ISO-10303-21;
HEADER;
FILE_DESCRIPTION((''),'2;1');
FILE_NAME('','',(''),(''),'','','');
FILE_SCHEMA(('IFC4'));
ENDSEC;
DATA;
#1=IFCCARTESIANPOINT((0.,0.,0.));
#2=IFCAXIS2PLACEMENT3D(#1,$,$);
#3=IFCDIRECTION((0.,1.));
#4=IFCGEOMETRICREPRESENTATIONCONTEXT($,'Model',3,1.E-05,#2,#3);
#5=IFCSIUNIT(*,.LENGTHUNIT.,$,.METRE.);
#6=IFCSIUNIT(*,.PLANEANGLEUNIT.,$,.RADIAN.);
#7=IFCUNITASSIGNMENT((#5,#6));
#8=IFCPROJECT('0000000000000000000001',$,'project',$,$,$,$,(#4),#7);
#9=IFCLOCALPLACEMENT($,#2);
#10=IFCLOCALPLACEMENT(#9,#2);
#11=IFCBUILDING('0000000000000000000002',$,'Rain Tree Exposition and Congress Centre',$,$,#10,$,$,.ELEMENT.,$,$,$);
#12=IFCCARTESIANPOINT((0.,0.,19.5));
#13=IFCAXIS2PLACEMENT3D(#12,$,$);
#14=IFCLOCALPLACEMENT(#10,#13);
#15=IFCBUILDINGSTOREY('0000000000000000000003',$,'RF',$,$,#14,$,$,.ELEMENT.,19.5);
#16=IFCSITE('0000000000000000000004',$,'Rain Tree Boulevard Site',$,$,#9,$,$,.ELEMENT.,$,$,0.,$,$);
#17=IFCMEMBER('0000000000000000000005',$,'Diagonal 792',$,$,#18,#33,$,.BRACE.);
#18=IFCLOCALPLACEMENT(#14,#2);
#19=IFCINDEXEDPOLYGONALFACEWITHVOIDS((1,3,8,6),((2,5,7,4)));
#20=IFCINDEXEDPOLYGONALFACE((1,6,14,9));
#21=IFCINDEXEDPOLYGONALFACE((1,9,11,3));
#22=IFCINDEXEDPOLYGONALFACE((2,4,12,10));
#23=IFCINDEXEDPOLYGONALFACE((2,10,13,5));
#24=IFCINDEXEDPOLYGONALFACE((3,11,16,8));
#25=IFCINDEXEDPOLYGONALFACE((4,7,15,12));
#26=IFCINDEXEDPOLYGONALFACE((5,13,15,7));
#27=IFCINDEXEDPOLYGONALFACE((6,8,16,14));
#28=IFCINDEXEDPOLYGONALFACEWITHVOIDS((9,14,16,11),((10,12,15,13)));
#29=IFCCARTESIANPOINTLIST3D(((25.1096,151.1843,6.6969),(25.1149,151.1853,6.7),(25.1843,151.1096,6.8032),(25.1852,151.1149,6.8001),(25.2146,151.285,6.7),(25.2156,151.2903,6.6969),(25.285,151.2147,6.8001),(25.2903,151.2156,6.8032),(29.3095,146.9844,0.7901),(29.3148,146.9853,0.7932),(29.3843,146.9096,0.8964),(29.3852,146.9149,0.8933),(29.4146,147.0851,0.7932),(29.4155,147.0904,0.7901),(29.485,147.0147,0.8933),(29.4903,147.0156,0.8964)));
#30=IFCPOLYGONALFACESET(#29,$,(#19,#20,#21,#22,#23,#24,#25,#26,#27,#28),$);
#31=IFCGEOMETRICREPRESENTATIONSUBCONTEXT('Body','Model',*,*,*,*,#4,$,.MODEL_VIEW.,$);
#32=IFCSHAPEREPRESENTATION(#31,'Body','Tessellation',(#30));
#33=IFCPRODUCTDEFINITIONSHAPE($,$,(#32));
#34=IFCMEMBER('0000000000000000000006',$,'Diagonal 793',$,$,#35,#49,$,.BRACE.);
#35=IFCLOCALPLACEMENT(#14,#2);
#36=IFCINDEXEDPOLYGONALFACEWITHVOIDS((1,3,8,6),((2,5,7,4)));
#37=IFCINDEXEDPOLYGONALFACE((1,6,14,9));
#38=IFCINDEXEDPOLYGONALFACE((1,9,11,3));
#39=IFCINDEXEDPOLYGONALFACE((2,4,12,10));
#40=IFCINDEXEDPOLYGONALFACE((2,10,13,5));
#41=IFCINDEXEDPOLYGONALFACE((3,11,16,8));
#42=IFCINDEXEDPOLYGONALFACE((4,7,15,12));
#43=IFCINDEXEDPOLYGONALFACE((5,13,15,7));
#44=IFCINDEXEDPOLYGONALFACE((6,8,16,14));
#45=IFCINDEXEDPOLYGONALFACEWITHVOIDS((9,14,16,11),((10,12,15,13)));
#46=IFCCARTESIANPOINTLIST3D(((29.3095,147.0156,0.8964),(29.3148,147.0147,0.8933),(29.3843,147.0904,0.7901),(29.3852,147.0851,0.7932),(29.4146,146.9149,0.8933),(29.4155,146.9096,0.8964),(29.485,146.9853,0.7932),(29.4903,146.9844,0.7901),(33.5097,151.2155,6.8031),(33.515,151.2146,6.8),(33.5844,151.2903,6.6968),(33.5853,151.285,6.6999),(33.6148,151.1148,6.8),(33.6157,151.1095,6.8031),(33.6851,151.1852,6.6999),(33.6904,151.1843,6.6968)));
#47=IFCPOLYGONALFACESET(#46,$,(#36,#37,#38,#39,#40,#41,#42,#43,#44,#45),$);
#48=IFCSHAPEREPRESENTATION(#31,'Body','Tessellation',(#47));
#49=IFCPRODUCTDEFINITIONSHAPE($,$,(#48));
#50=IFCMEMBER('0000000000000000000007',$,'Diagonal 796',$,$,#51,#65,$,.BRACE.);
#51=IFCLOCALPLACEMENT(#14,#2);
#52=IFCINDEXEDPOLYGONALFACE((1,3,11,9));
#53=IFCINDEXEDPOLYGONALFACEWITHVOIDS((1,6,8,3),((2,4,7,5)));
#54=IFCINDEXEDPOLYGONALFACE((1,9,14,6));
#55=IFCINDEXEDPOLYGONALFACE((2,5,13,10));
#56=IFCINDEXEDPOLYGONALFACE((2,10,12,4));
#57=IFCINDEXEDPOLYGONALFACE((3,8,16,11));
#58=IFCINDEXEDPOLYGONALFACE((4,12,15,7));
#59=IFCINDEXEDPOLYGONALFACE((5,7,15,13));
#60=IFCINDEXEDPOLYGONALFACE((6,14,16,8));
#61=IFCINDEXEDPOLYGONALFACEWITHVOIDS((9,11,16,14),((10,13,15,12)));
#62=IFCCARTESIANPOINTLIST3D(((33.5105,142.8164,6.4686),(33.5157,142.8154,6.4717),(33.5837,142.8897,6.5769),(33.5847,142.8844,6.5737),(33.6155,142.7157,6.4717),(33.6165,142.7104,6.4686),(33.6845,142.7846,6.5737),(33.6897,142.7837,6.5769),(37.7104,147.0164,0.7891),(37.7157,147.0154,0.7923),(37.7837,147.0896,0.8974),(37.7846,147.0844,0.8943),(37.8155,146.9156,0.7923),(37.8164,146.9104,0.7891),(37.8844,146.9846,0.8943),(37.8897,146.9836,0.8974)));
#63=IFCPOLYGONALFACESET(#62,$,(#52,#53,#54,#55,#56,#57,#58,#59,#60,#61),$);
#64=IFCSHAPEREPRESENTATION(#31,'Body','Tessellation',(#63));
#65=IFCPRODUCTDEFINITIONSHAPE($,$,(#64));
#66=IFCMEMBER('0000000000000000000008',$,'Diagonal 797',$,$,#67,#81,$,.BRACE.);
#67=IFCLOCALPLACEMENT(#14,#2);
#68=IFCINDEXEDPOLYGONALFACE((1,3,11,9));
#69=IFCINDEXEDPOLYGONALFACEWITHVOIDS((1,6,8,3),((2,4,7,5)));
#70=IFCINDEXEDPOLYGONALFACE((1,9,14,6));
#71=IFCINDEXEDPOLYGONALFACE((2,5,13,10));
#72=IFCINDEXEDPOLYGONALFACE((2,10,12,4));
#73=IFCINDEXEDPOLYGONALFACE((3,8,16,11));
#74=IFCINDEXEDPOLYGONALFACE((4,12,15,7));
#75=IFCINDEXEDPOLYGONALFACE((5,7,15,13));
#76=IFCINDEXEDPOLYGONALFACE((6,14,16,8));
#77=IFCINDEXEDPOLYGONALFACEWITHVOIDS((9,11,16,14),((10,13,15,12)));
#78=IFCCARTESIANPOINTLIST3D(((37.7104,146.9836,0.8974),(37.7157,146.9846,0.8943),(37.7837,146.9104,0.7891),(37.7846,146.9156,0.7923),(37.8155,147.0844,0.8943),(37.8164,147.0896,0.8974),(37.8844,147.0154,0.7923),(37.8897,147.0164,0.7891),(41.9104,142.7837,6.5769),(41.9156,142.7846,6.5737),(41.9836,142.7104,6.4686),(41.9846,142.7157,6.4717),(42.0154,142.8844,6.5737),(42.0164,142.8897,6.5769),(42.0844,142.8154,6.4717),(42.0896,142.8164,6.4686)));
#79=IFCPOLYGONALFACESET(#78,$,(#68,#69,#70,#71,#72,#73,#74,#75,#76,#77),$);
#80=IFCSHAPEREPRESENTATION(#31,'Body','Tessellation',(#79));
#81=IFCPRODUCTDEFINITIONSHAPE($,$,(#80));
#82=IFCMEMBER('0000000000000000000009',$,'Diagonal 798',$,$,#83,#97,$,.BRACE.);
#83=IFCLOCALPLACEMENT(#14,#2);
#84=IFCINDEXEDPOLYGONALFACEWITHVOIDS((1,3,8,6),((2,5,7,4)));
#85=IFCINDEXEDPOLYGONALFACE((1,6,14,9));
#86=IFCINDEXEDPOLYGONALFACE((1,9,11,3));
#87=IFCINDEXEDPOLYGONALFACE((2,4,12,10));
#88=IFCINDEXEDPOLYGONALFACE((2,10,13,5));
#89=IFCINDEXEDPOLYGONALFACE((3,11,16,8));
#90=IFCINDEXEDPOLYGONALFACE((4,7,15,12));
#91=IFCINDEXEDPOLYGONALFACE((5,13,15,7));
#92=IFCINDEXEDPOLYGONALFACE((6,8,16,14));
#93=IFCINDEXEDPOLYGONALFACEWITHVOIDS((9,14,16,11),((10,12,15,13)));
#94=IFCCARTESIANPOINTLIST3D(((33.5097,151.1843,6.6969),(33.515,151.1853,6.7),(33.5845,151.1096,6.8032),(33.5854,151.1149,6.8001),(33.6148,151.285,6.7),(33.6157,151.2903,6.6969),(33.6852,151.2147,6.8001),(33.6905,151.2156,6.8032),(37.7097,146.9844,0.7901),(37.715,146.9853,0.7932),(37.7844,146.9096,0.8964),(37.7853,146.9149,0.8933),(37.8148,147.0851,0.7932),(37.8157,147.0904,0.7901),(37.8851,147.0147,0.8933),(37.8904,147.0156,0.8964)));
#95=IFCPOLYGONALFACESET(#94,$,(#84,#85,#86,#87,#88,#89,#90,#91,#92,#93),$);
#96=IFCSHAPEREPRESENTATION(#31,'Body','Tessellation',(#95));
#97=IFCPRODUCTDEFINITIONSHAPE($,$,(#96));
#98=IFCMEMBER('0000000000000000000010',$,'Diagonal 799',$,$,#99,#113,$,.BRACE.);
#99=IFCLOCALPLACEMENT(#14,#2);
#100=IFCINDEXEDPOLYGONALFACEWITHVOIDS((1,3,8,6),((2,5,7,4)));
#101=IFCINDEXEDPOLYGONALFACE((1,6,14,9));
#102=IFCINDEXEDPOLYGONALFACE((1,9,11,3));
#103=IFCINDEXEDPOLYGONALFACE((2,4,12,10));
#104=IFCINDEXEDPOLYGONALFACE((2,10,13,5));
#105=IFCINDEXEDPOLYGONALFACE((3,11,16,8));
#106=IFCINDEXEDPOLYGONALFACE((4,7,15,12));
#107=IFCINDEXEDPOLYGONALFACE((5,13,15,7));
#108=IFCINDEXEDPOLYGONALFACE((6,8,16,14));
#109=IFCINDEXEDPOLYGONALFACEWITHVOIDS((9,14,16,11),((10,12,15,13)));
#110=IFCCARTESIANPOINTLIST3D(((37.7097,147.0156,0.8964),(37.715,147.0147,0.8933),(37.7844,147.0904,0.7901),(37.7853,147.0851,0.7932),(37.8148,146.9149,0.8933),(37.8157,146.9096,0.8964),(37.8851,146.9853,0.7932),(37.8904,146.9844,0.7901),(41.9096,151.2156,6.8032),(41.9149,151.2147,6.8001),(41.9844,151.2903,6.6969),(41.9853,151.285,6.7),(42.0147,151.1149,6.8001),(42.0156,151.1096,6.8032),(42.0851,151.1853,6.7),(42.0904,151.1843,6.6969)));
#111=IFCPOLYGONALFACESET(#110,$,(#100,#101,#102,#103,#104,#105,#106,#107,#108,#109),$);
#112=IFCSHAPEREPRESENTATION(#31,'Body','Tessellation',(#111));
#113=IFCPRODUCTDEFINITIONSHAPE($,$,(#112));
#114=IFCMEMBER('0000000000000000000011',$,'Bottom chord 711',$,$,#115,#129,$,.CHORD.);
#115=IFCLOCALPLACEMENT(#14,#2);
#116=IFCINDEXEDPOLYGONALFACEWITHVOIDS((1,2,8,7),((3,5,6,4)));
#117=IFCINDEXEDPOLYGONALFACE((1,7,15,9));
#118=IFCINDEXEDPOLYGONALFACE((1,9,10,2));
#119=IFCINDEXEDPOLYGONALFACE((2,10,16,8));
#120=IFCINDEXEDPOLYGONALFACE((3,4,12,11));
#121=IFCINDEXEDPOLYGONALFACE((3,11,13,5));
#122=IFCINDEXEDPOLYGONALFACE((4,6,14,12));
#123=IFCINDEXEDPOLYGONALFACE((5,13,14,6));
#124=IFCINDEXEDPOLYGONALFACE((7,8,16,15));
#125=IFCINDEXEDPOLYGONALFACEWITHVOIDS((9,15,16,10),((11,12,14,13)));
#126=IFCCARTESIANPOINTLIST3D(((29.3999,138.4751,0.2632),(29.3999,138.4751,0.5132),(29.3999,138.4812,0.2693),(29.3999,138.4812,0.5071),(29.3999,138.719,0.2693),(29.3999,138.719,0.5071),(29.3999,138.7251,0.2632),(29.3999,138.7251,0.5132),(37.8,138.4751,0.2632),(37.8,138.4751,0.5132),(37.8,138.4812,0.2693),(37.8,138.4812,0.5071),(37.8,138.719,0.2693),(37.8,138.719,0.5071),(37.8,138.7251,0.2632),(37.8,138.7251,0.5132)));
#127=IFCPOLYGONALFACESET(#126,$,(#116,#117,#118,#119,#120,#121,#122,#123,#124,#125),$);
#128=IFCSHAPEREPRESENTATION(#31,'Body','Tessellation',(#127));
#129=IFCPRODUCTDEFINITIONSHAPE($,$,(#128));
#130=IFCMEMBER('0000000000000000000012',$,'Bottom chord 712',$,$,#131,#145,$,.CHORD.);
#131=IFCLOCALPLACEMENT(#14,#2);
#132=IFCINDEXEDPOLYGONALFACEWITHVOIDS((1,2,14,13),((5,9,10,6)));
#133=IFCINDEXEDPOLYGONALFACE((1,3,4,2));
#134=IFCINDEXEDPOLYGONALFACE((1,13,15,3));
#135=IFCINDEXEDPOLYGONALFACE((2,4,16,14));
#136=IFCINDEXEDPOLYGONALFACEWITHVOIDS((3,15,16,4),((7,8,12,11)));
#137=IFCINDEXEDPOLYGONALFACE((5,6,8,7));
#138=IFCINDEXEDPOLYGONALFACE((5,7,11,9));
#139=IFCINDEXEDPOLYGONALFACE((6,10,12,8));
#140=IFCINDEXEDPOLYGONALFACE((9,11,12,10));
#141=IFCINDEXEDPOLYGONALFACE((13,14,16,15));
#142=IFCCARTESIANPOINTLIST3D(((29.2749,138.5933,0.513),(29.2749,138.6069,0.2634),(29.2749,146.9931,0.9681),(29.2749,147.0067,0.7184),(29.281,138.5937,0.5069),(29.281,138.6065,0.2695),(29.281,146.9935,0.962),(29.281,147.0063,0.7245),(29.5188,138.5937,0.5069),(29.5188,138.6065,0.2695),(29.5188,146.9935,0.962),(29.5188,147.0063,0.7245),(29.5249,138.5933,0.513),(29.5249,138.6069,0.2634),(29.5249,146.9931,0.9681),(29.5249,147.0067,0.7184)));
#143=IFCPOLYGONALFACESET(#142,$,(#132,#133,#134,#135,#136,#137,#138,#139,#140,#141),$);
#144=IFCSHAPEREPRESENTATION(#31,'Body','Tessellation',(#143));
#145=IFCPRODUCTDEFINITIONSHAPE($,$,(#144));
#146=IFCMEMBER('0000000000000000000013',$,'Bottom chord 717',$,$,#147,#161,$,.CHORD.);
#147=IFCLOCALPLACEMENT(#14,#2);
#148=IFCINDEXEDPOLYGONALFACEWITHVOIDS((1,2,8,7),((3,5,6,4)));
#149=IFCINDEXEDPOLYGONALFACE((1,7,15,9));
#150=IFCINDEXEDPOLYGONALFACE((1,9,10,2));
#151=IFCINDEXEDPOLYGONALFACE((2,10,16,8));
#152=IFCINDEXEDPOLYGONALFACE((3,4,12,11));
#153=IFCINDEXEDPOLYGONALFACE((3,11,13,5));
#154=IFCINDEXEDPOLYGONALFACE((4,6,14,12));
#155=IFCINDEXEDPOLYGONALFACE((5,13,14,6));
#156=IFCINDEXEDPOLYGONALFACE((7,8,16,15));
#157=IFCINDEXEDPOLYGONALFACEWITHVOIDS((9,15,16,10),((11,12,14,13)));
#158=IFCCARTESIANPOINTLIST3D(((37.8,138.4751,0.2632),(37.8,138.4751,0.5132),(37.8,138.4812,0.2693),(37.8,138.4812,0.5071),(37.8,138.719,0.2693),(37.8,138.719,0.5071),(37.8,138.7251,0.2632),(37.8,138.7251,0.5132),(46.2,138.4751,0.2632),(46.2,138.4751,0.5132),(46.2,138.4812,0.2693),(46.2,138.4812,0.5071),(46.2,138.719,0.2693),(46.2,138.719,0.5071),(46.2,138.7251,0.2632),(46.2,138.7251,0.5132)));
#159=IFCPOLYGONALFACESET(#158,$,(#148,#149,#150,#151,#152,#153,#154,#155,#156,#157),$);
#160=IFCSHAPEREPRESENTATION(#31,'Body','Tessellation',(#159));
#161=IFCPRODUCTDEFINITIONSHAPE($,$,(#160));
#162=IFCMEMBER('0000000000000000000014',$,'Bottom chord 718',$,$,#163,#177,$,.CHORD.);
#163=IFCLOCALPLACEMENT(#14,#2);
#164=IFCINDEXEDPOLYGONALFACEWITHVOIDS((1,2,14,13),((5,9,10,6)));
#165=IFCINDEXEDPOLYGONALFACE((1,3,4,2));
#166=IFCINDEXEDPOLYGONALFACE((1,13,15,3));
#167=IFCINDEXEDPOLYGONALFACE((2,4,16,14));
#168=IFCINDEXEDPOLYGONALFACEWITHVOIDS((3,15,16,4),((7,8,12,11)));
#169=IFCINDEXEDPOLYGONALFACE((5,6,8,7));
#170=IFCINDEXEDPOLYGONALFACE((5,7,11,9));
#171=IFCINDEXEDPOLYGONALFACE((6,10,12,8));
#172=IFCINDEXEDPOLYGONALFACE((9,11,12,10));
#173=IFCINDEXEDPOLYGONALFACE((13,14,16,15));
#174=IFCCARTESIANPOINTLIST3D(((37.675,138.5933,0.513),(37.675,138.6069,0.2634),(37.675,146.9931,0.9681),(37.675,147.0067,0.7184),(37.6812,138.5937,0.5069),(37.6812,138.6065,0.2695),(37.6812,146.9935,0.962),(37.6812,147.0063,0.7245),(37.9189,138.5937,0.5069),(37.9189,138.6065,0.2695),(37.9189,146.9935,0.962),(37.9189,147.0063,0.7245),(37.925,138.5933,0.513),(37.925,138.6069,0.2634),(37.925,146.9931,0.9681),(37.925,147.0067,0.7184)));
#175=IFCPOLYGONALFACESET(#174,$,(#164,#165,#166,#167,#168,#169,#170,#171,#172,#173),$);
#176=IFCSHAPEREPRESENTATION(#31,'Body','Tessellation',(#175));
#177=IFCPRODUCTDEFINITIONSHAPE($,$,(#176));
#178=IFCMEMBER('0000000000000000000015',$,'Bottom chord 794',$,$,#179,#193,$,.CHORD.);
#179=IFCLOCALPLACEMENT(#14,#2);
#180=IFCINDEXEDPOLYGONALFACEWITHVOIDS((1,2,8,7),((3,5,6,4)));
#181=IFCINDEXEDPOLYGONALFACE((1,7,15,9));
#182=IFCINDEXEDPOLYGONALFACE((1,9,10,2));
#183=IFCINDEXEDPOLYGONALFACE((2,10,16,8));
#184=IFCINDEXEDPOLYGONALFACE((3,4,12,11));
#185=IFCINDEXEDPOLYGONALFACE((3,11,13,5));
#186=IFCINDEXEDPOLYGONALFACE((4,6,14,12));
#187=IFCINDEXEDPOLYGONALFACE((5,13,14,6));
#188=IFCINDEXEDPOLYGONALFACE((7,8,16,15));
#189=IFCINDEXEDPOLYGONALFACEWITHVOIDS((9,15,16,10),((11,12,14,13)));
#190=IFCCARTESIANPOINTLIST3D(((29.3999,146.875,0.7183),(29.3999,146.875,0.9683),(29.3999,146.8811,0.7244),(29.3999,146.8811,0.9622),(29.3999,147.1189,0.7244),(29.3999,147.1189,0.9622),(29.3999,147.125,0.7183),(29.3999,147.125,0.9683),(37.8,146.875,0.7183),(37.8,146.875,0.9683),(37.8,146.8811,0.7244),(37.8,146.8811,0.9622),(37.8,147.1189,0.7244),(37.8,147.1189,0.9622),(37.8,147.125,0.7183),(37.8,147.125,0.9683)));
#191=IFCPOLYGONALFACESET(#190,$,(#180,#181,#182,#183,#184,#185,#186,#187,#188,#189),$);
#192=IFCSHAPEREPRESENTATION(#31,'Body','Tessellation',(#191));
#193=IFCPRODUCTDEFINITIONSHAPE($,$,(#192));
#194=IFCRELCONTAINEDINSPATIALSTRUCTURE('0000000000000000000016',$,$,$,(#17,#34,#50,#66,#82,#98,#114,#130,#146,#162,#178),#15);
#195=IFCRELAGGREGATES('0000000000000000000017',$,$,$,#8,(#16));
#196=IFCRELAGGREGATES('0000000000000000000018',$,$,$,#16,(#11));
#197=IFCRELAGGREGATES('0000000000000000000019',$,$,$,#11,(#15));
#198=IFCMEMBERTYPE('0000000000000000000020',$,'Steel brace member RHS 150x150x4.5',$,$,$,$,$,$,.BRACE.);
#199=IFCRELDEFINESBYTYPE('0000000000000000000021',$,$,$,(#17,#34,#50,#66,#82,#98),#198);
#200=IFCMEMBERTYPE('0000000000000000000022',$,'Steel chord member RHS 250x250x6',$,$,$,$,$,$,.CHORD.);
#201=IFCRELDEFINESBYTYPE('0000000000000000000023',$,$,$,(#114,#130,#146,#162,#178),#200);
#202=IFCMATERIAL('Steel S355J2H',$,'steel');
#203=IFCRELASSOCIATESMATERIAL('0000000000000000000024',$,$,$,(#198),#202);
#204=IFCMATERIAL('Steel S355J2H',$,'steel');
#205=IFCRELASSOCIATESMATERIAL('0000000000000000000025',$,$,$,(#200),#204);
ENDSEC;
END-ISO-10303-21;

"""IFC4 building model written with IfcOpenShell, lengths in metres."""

from ifc_helpers import new_model, si_unit, direction, frame, origin, origin_2d, place, context, subcontext, project, spatial, hollow_rectangle, extrude, material, material_profile, profile_set, type_object, element, save


model = new_model("IFC4")

# Units and contexts
model_context = context("Model", 3, precision=1e-05, world=origin(), true_north=direction((0.0, 1.0)))
body_context = subcontext(model_context, "Body", "Model", "MODEL_VIEW")
ifc_project = project(units=[si_unit("LENGTHUNIT", "METRE"), si_unit("PLANEANGLEUNIT", "RADIAN")], contexts=[model_context])

# Site, building, storey
site_placement = place(None, origin())
site = spatial("IfcSite", under=ifc_project, at=site_placement, Name="Rain Tree Boulevard Site", CompositionType="ELEMENT", RefElevation=0.0)
building_placement = place(site_placement, origin())
building = spatial("IfcBuilding", under=site, at=building_placement, Name="Rain Tree Exposition and Congress Centre", CompositionType="ELEMENT")
storey_placement = place(building_placement, frame((0.0, 0.0, 19.5)))
storey = spatial("IfcBuildingStorey", under=building, at=storey_placement, Name="RF", CompositionType="ELEMENT", Elevation=19.5)

# Members
ifc_material_1 = material(Name="Steel S355J2H", Category="steel")
ifc_material_profile_1 = material_profile(ifc_material_1, hollow_rectangle(XDim=0.1499, YDim=0.1499, WallThickness=0.0044, at=origin_2d()), Name="RHS 150x150x4.5")
ifc_profile_set_1 = profile_set([ifc_material_profile_1], Name="Steel S355J2H")
member_type_1 = type_object("IfcMemberType", Name="Steel brace member RHS 150x150x4.5", PredefinedType="BRACE", material=ifc_profile_set_1)
for number, where, z_axis, x_axis, name in (
    (1, (29.3999, 147.0, 0.8433), (-0.501386, 0.501386, 0.705141), (-0.707107, -0.707107, 0.0), "Diagonal 792"),
    (2, (29.3999, 147.0, 0.8433), (0.501408, 0.501379, 0.705131), (-0.707086, 0.707127, 0.0), "Diagonal 793"),
):
    element("IfcMember", number, at=place(storey_placement, frame(where, z_axis=z_axis, x_axis=x_axis)), inside=storey, type_object=member_type_1, Name=name, PredefinedType="BRACE", context=body_context, shape_type="SweptSolid", body=[
        extrude(hollow_rectangle(XDim=0.1499, YDim=0.1499, WallThickness=0.0044, at=origin_2d()), origin(), (0.0, 0.0, 1.0), 8.3767),
    ])
for number, where, z_axis, x_axis, name in (
    (3, (37.8, 147.0, 0.8433), (-0.511068, -0.511068, 0.691099), (0.707107, -0.707107, 0.0), "Diagonal 796"),
    (4, (37.8, 147.0, 0.8433), (0.511068, -0.511068, 0.691099), (0.707107, 0.707107, 0.0), "Diagonal 797"),
):
    element("IfcMember", number, at=place(storey_placement, frame(where, z_axis=z_axis, x_axis=x_axis)), inside=storey, type_object=member_type_1, Name=name, PredefinedType="BRACE", context=body_context, shape_type="SweptSolid", body=[
        extrude(hollow_rectangle(XDim=0.1499, YDim=0.1499, WallThickness=0.0044, at=origin_2d()), origin(), (0.0, 0.0, 1.0), 8.218),
    ])
for number, where, z_axis, x_axis, name in (
    (5, (37.8, 147.0, 0.8433), (-0.501386, 0.501386, 0.705141), (-0.707107, -0.707107, 0.0), "Diagonal 798"),
    (6, (37.8, 147.0, 0.8433), (0.501386, 0.501386, 0.705141), (-0.707107, 0.707107, 0.0), "Diagonal 799"),
):
    element("IfcMember", number, at=place(storey_placement, frame(where, z_axis=z_axis, x_axis=x_axis)), inside=storey, type_object=member_type_1, Name=name, PredefinedType="BRACE", context=body_context, shape_type="SweptSolid", body=[
        extrude(hollow_rectangle(XDim=0.1499, YDim=0.1499, WallThickness=0.0044, at=origin_2d()), origin(), (0.0, 0.0, 1.0), 8.3767),
    ])
ifc_material_2 = material(Name="Steel S355J2H", Category="steel")
ifc_material_profile_2 = material_profile(ifc_material_2, hollow_rectangle(XDim=0.25, YDim=0.25, WallThickness=0.0061, at=origin_2d()), Name="RHS 250x250x6")
ifc_profile_set_2 = profile_set([ifc_material_profile_2], Name="Steel S355J2H")
member_type_2 = type_object("IfcMemberType", Name="Steel chord member RHS 250x250x6", PredefinedType="CHORD", material=ifc_profile_set_2)
member_1_placement = place(storey_placement, frame((29.3999, 138.6001, 0.3882), z_axis=(1.0, 0.0, 0.0), x_axis=(0.0, 1.0, 0.0)))
element("IfcMember", 7, at=member_1_placement, inside=storey, type_object=member_type_2, Name="Bottom chord 711", PredefinedType="CHORD", context=body_context, shape_type="SweptSolid", body=[
    extrude(hollow_rectangle(XDim=0.25, YDim=0.25, WallThickness=0.0061, at=origin_2d()), origin(), (0.0, 0.0, 1.0), 8.4001),
])
member_2_placement = place(storey_placement, frame((29.3999, 138.6001, 0.3882), z_axis=(0.0, 0.998536, 0.054097), x_axis=(-1.0, 0.0, 0.0)))
element("IfcMember", 8, at=member_2_placement, inside=storey, type_object=member_type_2, Name="Bottom chord 712", PredefinedType="CHORD", context=body_context, shape_type="SweptSolid", body=[
    extrude(hollow_rectangle(XDim=0.25, YDim=0.25, WallThickness=0.0061, at=origin_2d()), origin(), (0.0, 0.0, 1.0), 8.4121),
])
member_3_placement = place(storey_placement, frame((37.8, 138.6001, 0.3882), z_axis=(1.0, 0.0, 0.0), x_axis=(0.0, 1.0, 0.0)))
element("IfcMember", 9, at=member_3_placement, inside=storey, type_object=member_type_2, Name="Bottom chord 717", PredefinedType="CHORD", context=body_context, shape_type="SweptSolid", body=[
    extrude(hollow_rectangle(XDim=0.25, YDim=0.25, WallThickness=0.0061, at=origin_2d()), origin(), (0.0, 0.0, 1.0), 8.3999),
])
member_4_placement = place(storey_placement, frame((37.8, 138.6001, 0.3882), z_axis=(0.0, 0.998536, 0.054097), x_axis=(-1.0, 0.0, 0.0)))
element("IfcMember", 10, at=member_4_placement, inside=storey, type_object=member_type_2, Name="Bottom chord 718", PredefinedType="CHORD", context=body_context, shape_type="SweptSolid", body=[
    extrude(hollow_rectangle(XDim=0.25, YDim=0.25, WallThickness=0.0061, at=origin_2d()), origin(), (0.0, 0.0, 1.0), 8.4121),
])
member_5_placement = place(storey_placement, frame((29.3999, 147.0, 0.8433), z_axis=(1.0, 0.0, 0.0), x_axis=(0.0, 1.0, 0.0)))
element("IfcMember", 11, at=member_5_placement, inside=storey, type_object=member_type_2, Name="Bottom chord 794", PredefinedType="CHORD", context=body_context, shape_type="SweptSolid", body=[
    extrude(hollow_rectangle(XDim=0.25, YDim=0.25, WallThickness=0.0061, at=origin_2d()), origin(), (0.0, 0.0, 1.0), 8.4001),
])

save(model, "model.ifc")
